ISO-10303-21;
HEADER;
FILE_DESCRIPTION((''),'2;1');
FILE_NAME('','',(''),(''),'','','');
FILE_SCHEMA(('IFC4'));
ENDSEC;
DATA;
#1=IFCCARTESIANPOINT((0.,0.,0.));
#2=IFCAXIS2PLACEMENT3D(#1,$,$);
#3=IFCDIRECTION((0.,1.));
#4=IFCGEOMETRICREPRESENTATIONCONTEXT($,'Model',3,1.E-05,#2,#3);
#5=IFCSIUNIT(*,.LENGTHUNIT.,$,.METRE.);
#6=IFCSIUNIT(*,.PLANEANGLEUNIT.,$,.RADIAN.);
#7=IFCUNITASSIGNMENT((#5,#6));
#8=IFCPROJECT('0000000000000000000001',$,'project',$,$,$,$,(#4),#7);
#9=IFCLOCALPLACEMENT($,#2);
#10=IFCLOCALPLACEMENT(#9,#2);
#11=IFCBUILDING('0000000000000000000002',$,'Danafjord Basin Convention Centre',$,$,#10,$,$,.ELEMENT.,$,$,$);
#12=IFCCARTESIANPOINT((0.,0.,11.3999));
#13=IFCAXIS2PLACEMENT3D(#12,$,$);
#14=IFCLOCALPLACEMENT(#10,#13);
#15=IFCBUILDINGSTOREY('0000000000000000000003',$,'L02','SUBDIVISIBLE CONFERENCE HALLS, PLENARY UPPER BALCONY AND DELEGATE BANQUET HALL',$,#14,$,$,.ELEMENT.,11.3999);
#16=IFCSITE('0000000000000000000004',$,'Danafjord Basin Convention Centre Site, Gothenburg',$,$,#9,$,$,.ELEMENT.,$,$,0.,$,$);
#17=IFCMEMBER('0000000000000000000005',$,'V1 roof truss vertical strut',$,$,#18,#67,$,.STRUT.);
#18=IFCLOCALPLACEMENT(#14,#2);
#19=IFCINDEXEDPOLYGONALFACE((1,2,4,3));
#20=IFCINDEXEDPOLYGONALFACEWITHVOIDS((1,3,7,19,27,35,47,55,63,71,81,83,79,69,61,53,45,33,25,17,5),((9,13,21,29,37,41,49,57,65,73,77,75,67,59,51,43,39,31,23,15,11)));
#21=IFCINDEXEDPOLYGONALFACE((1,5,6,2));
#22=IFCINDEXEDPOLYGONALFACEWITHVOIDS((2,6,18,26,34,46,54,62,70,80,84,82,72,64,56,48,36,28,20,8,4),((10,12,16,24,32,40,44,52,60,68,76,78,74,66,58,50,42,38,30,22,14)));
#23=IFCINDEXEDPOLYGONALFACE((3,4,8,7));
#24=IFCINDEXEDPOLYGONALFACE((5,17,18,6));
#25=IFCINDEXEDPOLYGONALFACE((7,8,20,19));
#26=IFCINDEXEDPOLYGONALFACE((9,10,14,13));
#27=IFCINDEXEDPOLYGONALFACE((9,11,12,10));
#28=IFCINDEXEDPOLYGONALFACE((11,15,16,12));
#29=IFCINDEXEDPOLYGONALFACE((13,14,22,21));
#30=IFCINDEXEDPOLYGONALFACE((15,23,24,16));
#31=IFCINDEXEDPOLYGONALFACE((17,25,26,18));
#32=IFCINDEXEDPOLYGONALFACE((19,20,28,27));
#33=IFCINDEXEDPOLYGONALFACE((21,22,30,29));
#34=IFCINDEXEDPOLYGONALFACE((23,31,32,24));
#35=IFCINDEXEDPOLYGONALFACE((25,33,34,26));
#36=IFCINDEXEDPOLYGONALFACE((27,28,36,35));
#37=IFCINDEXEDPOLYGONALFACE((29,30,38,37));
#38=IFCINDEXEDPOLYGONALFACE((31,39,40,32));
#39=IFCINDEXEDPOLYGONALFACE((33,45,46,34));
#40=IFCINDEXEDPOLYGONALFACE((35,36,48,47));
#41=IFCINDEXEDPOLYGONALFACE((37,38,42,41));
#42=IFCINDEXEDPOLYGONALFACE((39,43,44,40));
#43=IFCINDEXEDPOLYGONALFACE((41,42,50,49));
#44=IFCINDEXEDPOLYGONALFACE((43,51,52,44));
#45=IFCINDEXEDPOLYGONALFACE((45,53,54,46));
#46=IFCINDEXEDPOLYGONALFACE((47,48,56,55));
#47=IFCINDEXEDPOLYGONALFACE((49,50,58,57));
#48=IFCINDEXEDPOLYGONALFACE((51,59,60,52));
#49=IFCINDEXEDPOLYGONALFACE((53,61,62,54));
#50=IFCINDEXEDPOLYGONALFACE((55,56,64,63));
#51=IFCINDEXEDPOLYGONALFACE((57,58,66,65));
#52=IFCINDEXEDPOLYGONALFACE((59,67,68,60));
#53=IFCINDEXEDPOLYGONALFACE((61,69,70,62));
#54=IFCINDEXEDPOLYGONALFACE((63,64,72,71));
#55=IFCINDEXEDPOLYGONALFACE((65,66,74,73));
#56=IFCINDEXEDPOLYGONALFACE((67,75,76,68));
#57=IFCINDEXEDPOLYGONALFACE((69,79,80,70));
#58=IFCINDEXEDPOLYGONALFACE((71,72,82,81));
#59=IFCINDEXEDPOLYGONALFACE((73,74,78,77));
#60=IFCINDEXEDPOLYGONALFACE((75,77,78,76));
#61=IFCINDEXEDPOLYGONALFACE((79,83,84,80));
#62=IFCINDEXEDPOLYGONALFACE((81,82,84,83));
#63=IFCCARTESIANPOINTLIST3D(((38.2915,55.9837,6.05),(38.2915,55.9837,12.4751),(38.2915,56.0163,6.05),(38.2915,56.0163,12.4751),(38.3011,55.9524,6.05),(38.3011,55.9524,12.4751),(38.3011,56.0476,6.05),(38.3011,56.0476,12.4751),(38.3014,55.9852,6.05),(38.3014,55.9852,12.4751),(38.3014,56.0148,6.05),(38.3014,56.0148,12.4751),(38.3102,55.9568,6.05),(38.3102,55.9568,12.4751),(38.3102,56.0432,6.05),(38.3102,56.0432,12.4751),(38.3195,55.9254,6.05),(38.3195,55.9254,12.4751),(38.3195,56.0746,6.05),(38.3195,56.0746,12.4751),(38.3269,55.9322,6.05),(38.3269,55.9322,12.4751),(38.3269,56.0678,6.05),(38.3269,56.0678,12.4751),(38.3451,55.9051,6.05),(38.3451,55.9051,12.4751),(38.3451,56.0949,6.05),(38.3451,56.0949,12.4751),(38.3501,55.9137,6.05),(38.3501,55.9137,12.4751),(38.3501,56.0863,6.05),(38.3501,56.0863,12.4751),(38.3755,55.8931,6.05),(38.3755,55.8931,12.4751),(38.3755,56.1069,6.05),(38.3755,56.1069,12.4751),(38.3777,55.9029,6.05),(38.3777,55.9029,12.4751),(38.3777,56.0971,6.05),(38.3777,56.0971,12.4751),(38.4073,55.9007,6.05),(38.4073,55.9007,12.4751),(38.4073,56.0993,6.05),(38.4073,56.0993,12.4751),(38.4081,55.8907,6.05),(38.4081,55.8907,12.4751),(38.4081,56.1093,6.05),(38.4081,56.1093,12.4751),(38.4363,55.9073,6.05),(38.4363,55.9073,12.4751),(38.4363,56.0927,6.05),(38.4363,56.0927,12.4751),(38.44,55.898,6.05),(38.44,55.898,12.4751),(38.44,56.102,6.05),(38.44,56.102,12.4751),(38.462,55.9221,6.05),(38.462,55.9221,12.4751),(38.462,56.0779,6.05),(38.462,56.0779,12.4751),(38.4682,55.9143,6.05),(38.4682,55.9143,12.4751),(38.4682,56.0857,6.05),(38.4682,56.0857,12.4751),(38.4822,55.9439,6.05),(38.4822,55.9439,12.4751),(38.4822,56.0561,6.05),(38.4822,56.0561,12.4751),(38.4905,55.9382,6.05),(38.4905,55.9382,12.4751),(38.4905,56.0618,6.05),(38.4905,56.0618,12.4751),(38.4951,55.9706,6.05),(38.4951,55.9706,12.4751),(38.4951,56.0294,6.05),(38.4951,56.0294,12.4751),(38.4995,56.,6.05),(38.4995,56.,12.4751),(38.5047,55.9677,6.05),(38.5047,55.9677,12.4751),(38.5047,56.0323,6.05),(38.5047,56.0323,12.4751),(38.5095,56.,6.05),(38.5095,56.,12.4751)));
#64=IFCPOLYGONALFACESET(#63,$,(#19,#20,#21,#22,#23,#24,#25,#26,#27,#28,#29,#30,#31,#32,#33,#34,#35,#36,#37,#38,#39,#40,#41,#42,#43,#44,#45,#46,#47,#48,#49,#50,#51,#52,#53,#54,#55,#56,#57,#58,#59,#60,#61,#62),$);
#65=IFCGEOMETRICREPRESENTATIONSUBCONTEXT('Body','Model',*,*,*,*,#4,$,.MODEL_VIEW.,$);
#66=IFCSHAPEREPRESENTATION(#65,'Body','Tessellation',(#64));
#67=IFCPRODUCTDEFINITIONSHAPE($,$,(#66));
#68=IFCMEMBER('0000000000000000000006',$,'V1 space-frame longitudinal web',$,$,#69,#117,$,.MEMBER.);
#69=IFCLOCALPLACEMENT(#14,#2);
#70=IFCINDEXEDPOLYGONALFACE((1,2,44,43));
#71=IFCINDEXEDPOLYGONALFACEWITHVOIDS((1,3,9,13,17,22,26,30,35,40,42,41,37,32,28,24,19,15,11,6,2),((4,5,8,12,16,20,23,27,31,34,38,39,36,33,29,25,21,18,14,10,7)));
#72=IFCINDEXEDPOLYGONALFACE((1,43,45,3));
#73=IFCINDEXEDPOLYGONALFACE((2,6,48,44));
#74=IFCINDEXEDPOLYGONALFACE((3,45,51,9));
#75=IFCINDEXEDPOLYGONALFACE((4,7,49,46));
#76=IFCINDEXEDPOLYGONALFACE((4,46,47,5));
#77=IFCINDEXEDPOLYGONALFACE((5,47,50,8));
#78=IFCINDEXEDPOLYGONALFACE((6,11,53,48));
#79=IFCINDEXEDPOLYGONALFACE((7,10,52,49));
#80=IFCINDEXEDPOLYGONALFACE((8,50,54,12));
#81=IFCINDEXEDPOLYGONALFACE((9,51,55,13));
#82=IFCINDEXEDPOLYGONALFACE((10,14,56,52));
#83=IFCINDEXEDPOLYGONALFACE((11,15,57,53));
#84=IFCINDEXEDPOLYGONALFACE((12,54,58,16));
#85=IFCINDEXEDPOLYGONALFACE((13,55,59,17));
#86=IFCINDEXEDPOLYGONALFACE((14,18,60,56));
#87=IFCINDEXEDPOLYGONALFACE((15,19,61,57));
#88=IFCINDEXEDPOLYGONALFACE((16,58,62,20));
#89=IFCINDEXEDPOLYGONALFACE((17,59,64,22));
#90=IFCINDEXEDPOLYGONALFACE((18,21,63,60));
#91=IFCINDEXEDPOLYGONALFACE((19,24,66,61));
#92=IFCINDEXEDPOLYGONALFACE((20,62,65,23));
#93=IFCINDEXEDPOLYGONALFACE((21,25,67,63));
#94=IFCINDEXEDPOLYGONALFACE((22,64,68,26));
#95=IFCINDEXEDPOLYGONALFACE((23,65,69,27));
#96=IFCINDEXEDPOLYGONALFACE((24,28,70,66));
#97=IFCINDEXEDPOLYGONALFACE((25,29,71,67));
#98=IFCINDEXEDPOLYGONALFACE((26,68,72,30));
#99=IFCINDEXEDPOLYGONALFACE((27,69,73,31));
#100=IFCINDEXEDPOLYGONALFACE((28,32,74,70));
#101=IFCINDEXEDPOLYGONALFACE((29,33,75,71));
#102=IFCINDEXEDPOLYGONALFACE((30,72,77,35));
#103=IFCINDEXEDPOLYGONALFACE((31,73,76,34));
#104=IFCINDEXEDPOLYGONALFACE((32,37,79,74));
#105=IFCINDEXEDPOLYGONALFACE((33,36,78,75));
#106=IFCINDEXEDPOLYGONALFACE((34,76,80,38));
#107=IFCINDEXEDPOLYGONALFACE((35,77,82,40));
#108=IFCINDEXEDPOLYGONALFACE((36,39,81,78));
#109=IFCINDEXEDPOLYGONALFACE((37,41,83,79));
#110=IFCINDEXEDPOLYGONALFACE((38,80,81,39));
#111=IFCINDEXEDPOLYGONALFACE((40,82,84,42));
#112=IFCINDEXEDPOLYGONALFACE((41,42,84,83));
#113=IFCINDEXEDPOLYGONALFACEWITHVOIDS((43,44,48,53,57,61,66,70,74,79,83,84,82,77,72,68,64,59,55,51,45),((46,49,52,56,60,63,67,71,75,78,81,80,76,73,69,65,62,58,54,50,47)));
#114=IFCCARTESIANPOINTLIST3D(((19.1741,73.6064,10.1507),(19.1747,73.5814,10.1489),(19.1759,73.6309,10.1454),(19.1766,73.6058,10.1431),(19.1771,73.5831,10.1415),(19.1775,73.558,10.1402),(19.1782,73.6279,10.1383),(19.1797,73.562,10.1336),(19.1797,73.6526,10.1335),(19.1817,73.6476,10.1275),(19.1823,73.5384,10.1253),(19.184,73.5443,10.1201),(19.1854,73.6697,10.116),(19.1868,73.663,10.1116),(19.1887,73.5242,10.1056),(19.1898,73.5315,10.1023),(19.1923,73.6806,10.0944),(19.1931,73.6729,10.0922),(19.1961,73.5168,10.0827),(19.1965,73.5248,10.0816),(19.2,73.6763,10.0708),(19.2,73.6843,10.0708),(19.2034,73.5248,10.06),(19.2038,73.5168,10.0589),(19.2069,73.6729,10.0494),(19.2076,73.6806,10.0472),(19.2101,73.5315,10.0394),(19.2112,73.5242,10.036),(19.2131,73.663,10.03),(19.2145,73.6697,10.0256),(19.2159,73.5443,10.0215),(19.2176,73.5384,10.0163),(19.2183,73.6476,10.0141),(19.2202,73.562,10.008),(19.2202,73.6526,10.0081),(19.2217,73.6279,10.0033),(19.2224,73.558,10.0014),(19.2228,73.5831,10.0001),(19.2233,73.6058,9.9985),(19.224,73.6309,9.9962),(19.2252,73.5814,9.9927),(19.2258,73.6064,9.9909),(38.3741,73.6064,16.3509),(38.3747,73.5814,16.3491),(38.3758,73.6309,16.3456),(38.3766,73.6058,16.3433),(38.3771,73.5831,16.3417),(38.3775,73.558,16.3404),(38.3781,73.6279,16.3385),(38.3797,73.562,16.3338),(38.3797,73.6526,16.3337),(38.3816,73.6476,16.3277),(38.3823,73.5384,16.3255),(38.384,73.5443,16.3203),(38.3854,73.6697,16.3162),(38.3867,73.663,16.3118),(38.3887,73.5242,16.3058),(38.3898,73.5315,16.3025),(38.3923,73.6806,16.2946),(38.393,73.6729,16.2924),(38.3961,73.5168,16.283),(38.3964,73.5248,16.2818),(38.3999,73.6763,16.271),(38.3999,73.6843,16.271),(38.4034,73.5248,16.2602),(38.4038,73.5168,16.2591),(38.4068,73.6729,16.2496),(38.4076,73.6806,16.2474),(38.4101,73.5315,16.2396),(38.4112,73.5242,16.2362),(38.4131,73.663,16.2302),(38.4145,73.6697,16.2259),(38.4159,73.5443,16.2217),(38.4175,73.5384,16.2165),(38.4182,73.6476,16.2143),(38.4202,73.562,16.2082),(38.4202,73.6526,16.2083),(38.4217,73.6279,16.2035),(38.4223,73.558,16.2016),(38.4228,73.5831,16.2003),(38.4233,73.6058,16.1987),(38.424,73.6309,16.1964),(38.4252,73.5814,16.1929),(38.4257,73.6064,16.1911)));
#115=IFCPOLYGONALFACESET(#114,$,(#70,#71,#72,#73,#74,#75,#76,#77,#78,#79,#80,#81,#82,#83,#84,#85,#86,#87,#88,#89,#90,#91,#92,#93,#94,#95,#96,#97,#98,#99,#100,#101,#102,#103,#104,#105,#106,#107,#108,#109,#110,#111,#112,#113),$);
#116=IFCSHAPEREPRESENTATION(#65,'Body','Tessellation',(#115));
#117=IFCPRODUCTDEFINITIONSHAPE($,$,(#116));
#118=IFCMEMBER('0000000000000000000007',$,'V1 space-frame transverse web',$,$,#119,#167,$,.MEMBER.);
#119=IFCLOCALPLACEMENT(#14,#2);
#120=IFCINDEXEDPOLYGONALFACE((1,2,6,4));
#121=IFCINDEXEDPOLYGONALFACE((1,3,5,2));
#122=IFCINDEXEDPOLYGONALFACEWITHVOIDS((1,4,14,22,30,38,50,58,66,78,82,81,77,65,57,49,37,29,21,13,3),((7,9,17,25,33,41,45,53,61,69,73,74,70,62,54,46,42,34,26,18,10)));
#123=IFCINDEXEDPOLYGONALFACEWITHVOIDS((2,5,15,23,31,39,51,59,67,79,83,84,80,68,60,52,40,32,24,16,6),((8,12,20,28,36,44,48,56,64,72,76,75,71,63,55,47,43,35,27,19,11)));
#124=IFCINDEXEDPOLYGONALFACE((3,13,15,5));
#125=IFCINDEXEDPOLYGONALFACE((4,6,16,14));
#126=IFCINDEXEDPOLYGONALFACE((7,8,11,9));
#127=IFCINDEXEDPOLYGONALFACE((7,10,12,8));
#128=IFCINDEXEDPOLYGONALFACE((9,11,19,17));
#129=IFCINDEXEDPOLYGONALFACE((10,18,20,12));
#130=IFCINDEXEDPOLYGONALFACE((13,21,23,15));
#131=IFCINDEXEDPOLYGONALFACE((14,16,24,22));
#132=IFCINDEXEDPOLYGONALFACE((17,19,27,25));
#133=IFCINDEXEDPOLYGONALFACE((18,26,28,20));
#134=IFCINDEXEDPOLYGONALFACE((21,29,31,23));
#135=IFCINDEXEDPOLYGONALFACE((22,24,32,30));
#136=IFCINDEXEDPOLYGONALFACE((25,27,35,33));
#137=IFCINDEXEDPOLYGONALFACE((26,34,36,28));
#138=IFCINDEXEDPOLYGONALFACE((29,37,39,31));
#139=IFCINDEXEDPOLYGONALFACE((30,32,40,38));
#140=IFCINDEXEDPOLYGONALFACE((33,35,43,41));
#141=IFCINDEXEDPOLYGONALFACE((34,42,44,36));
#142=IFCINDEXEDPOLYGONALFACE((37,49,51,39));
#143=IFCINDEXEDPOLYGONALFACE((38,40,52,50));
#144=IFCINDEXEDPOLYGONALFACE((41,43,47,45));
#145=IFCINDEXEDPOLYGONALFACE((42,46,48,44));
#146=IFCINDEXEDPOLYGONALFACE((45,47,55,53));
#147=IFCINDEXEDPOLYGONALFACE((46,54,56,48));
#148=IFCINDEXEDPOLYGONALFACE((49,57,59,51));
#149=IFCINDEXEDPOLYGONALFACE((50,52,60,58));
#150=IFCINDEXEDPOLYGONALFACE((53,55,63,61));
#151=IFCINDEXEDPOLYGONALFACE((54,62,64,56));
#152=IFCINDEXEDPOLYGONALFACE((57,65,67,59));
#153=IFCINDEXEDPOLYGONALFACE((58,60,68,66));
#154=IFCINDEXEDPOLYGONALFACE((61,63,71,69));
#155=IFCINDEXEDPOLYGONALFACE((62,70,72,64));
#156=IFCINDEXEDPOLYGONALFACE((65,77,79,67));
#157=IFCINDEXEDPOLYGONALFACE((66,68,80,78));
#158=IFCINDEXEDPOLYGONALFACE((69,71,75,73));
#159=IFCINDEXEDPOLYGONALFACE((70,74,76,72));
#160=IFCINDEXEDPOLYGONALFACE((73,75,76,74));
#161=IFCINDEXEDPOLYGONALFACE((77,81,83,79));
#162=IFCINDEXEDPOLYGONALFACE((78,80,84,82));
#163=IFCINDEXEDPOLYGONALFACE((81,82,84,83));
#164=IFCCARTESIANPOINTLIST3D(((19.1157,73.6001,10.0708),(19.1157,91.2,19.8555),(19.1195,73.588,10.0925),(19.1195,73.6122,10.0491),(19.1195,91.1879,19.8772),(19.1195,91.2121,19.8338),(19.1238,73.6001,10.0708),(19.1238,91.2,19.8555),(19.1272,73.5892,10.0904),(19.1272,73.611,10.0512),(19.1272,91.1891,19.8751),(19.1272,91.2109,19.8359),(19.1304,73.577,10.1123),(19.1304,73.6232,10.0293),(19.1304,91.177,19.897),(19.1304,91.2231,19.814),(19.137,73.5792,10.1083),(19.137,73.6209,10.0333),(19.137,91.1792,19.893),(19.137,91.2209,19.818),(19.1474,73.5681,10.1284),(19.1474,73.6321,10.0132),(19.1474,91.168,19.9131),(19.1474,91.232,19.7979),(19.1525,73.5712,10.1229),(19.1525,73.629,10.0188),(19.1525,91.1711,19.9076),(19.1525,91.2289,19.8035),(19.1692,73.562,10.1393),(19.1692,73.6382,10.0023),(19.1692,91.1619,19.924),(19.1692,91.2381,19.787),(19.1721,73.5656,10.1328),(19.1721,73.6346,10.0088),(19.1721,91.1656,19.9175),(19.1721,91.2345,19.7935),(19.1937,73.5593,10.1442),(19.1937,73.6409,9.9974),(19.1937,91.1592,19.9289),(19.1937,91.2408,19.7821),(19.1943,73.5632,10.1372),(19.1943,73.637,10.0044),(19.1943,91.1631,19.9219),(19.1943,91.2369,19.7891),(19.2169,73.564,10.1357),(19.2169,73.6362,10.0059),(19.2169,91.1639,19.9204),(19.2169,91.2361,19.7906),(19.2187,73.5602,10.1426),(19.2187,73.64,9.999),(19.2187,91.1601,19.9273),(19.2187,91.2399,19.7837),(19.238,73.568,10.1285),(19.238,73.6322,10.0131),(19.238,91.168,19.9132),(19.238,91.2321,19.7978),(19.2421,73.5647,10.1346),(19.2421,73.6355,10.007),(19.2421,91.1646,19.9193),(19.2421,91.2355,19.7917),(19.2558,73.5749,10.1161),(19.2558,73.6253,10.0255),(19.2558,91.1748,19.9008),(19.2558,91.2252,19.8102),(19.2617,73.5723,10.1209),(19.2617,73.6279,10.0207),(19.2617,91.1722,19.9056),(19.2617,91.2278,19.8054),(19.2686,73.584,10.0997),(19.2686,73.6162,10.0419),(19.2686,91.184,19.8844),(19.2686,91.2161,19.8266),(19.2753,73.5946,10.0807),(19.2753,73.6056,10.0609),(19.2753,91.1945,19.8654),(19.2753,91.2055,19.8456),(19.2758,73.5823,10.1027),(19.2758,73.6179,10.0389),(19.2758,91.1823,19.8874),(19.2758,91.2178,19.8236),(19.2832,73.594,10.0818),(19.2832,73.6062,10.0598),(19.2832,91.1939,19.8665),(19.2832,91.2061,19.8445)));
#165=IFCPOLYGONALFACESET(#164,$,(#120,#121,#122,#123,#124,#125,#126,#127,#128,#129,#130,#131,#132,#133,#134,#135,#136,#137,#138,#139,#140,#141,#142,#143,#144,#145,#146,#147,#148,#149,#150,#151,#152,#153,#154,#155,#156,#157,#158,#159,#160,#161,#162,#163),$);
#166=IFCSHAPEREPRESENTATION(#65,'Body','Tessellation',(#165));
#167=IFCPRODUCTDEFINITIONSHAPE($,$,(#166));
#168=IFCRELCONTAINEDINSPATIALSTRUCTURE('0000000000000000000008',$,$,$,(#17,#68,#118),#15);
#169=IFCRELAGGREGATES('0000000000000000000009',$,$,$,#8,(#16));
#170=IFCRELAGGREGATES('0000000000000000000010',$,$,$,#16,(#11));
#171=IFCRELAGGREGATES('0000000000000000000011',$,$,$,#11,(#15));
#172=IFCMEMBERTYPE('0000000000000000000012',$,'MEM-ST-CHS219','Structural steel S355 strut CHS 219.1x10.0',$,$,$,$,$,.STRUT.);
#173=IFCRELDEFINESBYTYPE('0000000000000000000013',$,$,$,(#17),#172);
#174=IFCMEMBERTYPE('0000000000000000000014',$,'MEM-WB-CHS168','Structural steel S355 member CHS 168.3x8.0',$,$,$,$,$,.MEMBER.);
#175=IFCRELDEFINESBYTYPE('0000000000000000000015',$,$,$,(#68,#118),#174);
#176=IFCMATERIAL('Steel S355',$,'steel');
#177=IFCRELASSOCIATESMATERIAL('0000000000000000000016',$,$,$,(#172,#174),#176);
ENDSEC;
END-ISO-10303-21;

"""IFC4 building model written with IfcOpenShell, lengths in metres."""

from ifc_helpers import new_model, si_unit, direction, frame, origin, origin_2d, place, context, subcontext, project, spatial, hollow_circle, extrude, material, material_profile, profile_set, type_object, element, save


model = new_model("IFC4")

# Units and contexts
model_context = context("Model", 3, precision=1e-05, world=origin(), true_north=direction((0.0, 1.0)))
body_context = subcontext(model_context, "Body", "Model", "MODEL_VIEW")
ifc_project = project(units=[si_unit("LENGTHUNIT", "METRE"), si_unit("PLANEANGLEUNIT", "RADIAN")], contexts=[model_context])

# Site, building, storey
site_placement = place(None, origin())
site = spatial("IfcSite", under=ifc_project, at=site_placement, Name="Danafjord Basin Convention Centre Site, Gothenburg", CompositionType="ELEMENT", RefElevation=0.0)
building_placement = place(site_placement, origin())
building = spatial("IfcBuilding", under=site, at=building_placement, Name="Danafjord Basin Convention Centre", CompositionType="ELEMENT")
storey_placement = place(building_placement, frame((0.0, 0.0, 11.3999)))
storey = spatial("IfcBuildingStorey", under=building, at=storey_placement, Name="L02", Description="SUBDIVISIBLE CONFERENCE HALLS, PLENARY UPPER BALCONY AND DELEGATE BANQUET HALL", CompositionType="ELEMENT", Elevation=11.3999)

# Shared definitions
ifc_material_1 = material(Name="Steel S355", Category="steel")

# Members
ifc_material_profile_1 = material_profile(ifc_material_1, hollow_circle(Radius=0.1096, WallThickness=0.01, at=origin_2d()), Name="CHS 219.1x10.0")
ifc_profile_set_1 = profile_set([ifc_material_profile_1], Name="Steel S355")
member_type_1 = type_object("IfcMemberType", Name="MEM-ST-CHS219", Description="Structural steel S355 strut CHS 219.1x10.0", PredefinedType="STRUT", material=ifc_profile_set_1)
member_1_placement = place(storey_placement, frame((38.3999, 56.0, 6.05), z_axis=(0.0, 0.0, 1.0), x_axis=(1.0, 0.0, 0.0)))
element("IfcMember", 1, at=member_1_placement, inside=storey, type_object=member_type_1, Name="V1 roof truss vertical strut", PredefinedType="STRUT", context=body_context, shape_type="SweptSolid", body=[
    extrude(hollow_circle(Radius=0.1096, WallThickness=0.01, at=origin_2d()), origin(), (0.0, 0.0, 1.0), 6.425),
])
ifc_material_profile_2 = material_profile(ifc_material_1, hollow_circle(Radius=0.0842, WallThickness=0.0081, at=origin_2d()), Name="CHS 168.3x8.0")
ifc_profile_set_2 = profile_set([ifc_material_profile_2], Name="Steel S355")
member_type_2 = type_object("IfcMemberType", Name="MEM-WB-CHS168", Description="Structural steel S355 member CHS 168.3x8.0", PredefinedType="MEMBER", material=ifc_profile_set_2)
member_2_placement = place(storey_placement, frame((19.2, 73.6001, 10.0708), z_axis=(0.951612, 0.0, 0.307302), x_axis=(0.0, 1.0, 0.0)))
element("IfcMember", 2, at=member_2_placement, inside=storey, type_object=member_type_2, Name="V1 space-frame longitudinal web", PredefinedType="MEMBER", context=body_context, shape_type="SweptSolid", body=[
    extrude(hollow_circle(Radius=0.0842, WallThickness=0.0081, at=origin_2d()), origin(), (0.0, 0.0, 1.0), 20.1763),
])
member_3_placement = place(storey_placement, frame((19.2, 73.6001, 10.0708), z_axis=(0.0, 0.87401, 0.485907), x_axis=(-1.0, 0.0, 0.0)))
element("IfcMember", 3, at=member_3_placement, inside=storey, type_object=member_type_2, Name="V1 space-frame transverse web", PredefinedType="MEMBER", context=body_context, shape_type="SweptSolid", body=[
    extrude(hollow_circle(Radius=0.0842, WallThickness=0.0081, at=origin_2d()), origin(), (0.0, 0.0, 1.0), 20.137),
])

save(model, "model.ifc")
